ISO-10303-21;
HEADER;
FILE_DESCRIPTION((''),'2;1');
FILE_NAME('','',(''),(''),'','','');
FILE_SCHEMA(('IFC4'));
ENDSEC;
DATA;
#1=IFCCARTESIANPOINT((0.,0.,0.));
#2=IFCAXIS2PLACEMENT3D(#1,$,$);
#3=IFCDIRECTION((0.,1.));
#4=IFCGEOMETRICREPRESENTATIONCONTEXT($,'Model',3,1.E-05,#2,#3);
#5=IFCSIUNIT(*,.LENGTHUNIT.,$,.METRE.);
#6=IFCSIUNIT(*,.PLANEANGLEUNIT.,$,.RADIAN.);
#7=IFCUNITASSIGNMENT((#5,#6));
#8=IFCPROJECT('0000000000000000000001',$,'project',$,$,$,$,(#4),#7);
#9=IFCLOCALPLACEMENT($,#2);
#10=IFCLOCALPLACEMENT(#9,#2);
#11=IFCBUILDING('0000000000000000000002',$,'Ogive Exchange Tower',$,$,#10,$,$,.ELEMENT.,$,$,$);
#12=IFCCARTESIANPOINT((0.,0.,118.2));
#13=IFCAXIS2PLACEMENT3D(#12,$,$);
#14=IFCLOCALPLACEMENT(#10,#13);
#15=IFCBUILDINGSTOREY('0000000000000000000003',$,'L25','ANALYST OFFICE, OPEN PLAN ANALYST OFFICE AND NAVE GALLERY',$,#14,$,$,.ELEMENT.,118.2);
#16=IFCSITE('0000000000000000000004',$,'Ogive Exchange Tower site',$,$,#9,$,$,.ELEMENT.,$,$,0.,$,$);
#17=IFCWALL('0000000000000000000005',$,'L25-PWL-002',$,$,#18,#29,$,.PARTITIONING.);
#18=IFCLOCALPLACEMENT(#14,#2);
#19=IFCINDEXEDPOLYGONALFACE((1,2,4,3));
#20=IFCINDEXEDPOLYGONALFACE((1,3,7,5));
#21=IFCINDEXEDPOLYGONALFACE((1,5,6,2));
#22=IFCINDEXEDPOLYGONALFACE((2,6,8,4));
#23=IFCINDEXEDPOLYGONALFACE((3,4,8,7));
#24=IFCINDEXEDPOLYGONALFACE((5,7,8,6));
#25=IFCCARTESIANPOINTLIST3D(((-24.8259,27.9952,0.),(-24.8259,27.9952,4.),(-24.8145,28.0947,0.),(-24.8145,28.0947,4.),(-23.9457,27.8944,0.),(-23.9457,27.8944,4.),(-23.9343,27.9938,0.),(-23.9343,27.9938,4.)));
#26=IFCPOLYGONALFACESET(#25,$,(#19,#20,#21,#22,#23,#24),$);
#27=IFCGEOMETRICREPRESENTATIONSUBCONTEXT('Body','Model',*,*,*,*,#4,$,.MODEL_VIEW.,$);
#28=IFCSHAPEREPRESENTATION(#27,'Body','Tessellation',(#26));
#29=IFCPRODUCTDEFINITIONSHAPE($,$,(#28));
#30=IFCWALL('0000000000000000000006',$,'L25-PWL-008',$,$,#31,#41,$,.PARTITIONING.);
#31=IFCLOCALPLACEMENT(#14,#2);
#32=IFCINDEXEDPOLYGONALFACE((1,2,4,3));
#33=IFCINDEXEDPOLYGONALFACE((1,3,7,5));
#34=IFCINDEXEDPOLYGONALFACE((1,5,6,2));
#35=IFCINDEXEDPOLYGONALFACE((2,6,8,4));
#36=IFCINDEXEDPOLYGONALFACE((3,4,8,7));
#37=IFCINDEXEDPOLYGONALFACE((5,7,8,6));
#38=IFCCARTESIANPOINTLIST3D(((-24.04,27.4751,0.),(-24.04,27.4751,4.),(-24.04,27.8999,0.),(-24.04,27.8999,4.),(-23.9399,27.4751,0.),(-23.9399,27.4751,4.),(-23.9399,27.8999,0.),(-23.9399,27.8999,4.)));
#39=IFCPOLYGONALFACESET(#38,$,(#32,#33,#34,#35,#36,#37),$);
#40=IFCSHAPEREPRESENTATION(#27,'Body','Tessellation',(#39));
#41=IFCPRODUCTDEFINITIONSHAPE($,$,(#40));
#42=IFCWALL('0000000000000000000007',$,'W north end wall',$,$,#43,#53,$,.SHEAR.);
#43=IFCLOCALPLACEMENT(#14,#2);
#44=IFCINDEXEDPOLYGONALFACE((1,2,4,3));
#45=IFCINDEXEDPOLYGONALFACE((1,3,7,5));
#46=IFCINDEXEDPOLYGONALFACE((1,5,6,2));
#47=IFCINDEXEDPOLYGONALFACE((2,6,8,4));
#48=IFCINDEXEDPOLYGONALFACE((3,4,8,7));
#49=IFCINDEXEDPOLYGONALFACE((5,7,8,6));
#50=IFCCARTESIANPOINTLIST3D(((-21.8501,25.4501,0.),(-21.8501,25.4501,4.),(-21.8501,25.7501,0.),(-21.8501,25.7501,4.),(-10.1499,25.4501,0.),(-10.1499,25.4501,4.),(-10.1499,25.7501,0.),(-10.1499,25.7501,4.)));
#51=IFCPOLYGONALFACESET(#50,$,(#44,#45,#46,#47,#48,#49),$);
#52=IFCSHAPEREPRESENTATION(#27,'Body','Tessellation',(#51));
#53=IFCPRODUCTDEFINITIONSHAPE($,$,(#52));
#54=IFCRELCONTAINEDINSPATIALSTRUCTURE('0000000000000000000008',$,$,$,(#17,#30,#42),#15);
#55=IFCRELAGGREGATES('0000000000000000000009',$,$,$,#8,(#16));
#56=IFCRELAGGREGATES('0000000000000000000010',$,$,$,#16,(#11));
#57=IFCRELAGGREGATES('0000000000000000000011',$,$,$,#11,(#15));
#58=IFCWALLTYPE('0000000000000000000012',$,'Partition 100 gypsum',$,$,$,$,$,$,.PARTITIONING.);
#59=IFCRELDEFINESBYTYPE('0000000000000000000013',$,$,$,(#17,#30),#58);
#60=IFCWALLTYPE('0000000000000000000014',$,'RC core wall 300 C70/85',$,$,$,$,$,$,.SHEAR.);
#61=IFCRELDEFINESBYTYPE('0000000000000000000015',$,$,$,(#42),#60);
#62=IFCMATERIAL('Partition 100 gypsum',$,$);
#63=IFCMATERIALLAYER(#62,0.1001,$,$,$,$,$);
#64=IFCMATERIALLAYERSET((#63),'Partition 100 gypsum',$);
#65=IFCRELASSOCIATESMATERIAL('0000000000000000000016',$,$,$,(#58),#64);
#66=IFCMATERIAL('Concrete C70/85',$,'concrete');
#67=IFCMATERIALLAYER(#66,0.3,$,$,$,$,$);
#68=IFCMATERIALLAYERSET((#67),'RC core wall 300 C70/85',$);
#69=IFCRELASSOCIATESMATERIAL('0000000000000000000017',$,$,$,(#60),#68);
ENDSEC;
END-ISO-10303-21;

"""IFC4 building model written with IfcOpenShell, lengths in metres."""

from ifc_helpers import new_model, si_unit, direction, frame, frame_2d, origin, place, context, subcontext, project, spatial, rectangle, extrude, material, layer, layer_set, type_object, element, save


model = new_model("IFC4")

# Units and contexts
model_context = context("Model", 3, precision=1e-05, world=origin(), true_north=direction((0.0, 1.0)))
body_context = subcontext(model_context, "Body", "Model", "MODEL_VIEW")
ifc_project = project(units=[si_unit("LENGTHUNIT", "METRE"), si_unit("PLANEANGLEUNIT", "RADIAN")], contexts=[model_context])

# Site, building, storey
site_placement = place(None, origin())
site = spatial("IfcSite", under=ifc_project, at=site_placement, Name="Ogive Exchange Tower site", CompositionType="ELEMENT", RefElevation=0.0)
building_placement = place(site_placement, origin())
building = spatial("IfcBuilding", under=site, at=building_placement, Name="Ogive Exchange Tower", CompositionType="ELEMENT")
storey_placement = place(building_placement, frame((0.0, 0.0, 118.2)))
storey = spatial("IfcBuildingStorey", under=building, at=storey_placement, Name="L25", Description="ANALYST OFFICE, OPEN PLAN ANALYST OFFICE AND NAVE GALLERY", CompositionType="ELEMENT", Elevation=118.2)

# Walls
ifc_material_1 = material(Name="Partition 100 gypsum")
ifc_layer_1 = layer(ifc_material_1, 0.1001)
ifc_layer_set_1 = layer_set([ifc_layer_1], Name="Partition 100 gypsum")
wall_type_1 = type_object("IfcWallType", Name="Partition 100 gypsum", PredefinedType="PARTITIONING", material=ifc_layer_set_1)
wall_1_placement = place(storey_placement, frame((-24.8201, 28.0449, 0.0), z_axis=(0.0, 0.0, 1.0), x_axis=(0.993502, -0.113819, 0.0)))
element("IfcWall", 1, at=wall_1_placement, inside=storey, type_object=wall_type_1, Name="L25-PWL-002", PredefinedType="PARTITIONING", context=body_context, shape_type="SweptSolid", body=[
    extrude(rectangle(XDim=0.886, YDim=0.1001, at=frame_2d((0.4429, 0.0))), origin(), (0.0, 0.0, 1.0), 4.0),
])
wall_2_placement = place(storey_placement, frame((-23.99, 27.4751, 0.0), z_axis=(0.0, 0.0, 1.0), x_axis=(0.0, 1.0, 0.0)))
element("IfcWall", 2, at=wall_2_placement, inside=storey, type_object=wall_type_1, Name="L25-PWL-008", PredefinedType="PARTITIONING", context=body_context, shape_type="SweptSolid", body=[
    extrude(rectangle(XDim=0.4248, YDim=0.1001, at=frame_2d((0.2124, 0.0))), origin(), (0.0, 0.0, 1.0), 4.0),
])
ifc_material_2 = material(Name="Concrete C70/85", Category="concrete")
ifc_layer_2 = layer(ifc_material_2, 0.3)
ifc_layer_set_2 = layer_set([ifc_layer_2], Name="RC core wall 300 C70/85")
wall_type_2 = type_object("IfcWallType", Name="RC core wall 300 C70/85", PredefinedType="SHEAR", material=ifc_layer_set_2)
wall_3_placement = place(storey_placement, frame((-21.8501, 25.6001, 0.0), z_axis=(0.0, 0.0, 1.0), x_axis=(1.0, 0.0, 0.0)))
element("IfcWall", 3, at=wall_3_placement, inside=storey, type_object=wall_type_2, Name="W north end wall", PredefinedType="SHEAR", context=body_context, shape_type="SweptSolid", body=[
    extrude(rectangle(XDim=11.7002, YDim=0.3, at=frame_2d((5.8501, 0.0))), origin(), (0.0, 0.0, 1.0), 4.0),
])

save(model, "model.ifc")
